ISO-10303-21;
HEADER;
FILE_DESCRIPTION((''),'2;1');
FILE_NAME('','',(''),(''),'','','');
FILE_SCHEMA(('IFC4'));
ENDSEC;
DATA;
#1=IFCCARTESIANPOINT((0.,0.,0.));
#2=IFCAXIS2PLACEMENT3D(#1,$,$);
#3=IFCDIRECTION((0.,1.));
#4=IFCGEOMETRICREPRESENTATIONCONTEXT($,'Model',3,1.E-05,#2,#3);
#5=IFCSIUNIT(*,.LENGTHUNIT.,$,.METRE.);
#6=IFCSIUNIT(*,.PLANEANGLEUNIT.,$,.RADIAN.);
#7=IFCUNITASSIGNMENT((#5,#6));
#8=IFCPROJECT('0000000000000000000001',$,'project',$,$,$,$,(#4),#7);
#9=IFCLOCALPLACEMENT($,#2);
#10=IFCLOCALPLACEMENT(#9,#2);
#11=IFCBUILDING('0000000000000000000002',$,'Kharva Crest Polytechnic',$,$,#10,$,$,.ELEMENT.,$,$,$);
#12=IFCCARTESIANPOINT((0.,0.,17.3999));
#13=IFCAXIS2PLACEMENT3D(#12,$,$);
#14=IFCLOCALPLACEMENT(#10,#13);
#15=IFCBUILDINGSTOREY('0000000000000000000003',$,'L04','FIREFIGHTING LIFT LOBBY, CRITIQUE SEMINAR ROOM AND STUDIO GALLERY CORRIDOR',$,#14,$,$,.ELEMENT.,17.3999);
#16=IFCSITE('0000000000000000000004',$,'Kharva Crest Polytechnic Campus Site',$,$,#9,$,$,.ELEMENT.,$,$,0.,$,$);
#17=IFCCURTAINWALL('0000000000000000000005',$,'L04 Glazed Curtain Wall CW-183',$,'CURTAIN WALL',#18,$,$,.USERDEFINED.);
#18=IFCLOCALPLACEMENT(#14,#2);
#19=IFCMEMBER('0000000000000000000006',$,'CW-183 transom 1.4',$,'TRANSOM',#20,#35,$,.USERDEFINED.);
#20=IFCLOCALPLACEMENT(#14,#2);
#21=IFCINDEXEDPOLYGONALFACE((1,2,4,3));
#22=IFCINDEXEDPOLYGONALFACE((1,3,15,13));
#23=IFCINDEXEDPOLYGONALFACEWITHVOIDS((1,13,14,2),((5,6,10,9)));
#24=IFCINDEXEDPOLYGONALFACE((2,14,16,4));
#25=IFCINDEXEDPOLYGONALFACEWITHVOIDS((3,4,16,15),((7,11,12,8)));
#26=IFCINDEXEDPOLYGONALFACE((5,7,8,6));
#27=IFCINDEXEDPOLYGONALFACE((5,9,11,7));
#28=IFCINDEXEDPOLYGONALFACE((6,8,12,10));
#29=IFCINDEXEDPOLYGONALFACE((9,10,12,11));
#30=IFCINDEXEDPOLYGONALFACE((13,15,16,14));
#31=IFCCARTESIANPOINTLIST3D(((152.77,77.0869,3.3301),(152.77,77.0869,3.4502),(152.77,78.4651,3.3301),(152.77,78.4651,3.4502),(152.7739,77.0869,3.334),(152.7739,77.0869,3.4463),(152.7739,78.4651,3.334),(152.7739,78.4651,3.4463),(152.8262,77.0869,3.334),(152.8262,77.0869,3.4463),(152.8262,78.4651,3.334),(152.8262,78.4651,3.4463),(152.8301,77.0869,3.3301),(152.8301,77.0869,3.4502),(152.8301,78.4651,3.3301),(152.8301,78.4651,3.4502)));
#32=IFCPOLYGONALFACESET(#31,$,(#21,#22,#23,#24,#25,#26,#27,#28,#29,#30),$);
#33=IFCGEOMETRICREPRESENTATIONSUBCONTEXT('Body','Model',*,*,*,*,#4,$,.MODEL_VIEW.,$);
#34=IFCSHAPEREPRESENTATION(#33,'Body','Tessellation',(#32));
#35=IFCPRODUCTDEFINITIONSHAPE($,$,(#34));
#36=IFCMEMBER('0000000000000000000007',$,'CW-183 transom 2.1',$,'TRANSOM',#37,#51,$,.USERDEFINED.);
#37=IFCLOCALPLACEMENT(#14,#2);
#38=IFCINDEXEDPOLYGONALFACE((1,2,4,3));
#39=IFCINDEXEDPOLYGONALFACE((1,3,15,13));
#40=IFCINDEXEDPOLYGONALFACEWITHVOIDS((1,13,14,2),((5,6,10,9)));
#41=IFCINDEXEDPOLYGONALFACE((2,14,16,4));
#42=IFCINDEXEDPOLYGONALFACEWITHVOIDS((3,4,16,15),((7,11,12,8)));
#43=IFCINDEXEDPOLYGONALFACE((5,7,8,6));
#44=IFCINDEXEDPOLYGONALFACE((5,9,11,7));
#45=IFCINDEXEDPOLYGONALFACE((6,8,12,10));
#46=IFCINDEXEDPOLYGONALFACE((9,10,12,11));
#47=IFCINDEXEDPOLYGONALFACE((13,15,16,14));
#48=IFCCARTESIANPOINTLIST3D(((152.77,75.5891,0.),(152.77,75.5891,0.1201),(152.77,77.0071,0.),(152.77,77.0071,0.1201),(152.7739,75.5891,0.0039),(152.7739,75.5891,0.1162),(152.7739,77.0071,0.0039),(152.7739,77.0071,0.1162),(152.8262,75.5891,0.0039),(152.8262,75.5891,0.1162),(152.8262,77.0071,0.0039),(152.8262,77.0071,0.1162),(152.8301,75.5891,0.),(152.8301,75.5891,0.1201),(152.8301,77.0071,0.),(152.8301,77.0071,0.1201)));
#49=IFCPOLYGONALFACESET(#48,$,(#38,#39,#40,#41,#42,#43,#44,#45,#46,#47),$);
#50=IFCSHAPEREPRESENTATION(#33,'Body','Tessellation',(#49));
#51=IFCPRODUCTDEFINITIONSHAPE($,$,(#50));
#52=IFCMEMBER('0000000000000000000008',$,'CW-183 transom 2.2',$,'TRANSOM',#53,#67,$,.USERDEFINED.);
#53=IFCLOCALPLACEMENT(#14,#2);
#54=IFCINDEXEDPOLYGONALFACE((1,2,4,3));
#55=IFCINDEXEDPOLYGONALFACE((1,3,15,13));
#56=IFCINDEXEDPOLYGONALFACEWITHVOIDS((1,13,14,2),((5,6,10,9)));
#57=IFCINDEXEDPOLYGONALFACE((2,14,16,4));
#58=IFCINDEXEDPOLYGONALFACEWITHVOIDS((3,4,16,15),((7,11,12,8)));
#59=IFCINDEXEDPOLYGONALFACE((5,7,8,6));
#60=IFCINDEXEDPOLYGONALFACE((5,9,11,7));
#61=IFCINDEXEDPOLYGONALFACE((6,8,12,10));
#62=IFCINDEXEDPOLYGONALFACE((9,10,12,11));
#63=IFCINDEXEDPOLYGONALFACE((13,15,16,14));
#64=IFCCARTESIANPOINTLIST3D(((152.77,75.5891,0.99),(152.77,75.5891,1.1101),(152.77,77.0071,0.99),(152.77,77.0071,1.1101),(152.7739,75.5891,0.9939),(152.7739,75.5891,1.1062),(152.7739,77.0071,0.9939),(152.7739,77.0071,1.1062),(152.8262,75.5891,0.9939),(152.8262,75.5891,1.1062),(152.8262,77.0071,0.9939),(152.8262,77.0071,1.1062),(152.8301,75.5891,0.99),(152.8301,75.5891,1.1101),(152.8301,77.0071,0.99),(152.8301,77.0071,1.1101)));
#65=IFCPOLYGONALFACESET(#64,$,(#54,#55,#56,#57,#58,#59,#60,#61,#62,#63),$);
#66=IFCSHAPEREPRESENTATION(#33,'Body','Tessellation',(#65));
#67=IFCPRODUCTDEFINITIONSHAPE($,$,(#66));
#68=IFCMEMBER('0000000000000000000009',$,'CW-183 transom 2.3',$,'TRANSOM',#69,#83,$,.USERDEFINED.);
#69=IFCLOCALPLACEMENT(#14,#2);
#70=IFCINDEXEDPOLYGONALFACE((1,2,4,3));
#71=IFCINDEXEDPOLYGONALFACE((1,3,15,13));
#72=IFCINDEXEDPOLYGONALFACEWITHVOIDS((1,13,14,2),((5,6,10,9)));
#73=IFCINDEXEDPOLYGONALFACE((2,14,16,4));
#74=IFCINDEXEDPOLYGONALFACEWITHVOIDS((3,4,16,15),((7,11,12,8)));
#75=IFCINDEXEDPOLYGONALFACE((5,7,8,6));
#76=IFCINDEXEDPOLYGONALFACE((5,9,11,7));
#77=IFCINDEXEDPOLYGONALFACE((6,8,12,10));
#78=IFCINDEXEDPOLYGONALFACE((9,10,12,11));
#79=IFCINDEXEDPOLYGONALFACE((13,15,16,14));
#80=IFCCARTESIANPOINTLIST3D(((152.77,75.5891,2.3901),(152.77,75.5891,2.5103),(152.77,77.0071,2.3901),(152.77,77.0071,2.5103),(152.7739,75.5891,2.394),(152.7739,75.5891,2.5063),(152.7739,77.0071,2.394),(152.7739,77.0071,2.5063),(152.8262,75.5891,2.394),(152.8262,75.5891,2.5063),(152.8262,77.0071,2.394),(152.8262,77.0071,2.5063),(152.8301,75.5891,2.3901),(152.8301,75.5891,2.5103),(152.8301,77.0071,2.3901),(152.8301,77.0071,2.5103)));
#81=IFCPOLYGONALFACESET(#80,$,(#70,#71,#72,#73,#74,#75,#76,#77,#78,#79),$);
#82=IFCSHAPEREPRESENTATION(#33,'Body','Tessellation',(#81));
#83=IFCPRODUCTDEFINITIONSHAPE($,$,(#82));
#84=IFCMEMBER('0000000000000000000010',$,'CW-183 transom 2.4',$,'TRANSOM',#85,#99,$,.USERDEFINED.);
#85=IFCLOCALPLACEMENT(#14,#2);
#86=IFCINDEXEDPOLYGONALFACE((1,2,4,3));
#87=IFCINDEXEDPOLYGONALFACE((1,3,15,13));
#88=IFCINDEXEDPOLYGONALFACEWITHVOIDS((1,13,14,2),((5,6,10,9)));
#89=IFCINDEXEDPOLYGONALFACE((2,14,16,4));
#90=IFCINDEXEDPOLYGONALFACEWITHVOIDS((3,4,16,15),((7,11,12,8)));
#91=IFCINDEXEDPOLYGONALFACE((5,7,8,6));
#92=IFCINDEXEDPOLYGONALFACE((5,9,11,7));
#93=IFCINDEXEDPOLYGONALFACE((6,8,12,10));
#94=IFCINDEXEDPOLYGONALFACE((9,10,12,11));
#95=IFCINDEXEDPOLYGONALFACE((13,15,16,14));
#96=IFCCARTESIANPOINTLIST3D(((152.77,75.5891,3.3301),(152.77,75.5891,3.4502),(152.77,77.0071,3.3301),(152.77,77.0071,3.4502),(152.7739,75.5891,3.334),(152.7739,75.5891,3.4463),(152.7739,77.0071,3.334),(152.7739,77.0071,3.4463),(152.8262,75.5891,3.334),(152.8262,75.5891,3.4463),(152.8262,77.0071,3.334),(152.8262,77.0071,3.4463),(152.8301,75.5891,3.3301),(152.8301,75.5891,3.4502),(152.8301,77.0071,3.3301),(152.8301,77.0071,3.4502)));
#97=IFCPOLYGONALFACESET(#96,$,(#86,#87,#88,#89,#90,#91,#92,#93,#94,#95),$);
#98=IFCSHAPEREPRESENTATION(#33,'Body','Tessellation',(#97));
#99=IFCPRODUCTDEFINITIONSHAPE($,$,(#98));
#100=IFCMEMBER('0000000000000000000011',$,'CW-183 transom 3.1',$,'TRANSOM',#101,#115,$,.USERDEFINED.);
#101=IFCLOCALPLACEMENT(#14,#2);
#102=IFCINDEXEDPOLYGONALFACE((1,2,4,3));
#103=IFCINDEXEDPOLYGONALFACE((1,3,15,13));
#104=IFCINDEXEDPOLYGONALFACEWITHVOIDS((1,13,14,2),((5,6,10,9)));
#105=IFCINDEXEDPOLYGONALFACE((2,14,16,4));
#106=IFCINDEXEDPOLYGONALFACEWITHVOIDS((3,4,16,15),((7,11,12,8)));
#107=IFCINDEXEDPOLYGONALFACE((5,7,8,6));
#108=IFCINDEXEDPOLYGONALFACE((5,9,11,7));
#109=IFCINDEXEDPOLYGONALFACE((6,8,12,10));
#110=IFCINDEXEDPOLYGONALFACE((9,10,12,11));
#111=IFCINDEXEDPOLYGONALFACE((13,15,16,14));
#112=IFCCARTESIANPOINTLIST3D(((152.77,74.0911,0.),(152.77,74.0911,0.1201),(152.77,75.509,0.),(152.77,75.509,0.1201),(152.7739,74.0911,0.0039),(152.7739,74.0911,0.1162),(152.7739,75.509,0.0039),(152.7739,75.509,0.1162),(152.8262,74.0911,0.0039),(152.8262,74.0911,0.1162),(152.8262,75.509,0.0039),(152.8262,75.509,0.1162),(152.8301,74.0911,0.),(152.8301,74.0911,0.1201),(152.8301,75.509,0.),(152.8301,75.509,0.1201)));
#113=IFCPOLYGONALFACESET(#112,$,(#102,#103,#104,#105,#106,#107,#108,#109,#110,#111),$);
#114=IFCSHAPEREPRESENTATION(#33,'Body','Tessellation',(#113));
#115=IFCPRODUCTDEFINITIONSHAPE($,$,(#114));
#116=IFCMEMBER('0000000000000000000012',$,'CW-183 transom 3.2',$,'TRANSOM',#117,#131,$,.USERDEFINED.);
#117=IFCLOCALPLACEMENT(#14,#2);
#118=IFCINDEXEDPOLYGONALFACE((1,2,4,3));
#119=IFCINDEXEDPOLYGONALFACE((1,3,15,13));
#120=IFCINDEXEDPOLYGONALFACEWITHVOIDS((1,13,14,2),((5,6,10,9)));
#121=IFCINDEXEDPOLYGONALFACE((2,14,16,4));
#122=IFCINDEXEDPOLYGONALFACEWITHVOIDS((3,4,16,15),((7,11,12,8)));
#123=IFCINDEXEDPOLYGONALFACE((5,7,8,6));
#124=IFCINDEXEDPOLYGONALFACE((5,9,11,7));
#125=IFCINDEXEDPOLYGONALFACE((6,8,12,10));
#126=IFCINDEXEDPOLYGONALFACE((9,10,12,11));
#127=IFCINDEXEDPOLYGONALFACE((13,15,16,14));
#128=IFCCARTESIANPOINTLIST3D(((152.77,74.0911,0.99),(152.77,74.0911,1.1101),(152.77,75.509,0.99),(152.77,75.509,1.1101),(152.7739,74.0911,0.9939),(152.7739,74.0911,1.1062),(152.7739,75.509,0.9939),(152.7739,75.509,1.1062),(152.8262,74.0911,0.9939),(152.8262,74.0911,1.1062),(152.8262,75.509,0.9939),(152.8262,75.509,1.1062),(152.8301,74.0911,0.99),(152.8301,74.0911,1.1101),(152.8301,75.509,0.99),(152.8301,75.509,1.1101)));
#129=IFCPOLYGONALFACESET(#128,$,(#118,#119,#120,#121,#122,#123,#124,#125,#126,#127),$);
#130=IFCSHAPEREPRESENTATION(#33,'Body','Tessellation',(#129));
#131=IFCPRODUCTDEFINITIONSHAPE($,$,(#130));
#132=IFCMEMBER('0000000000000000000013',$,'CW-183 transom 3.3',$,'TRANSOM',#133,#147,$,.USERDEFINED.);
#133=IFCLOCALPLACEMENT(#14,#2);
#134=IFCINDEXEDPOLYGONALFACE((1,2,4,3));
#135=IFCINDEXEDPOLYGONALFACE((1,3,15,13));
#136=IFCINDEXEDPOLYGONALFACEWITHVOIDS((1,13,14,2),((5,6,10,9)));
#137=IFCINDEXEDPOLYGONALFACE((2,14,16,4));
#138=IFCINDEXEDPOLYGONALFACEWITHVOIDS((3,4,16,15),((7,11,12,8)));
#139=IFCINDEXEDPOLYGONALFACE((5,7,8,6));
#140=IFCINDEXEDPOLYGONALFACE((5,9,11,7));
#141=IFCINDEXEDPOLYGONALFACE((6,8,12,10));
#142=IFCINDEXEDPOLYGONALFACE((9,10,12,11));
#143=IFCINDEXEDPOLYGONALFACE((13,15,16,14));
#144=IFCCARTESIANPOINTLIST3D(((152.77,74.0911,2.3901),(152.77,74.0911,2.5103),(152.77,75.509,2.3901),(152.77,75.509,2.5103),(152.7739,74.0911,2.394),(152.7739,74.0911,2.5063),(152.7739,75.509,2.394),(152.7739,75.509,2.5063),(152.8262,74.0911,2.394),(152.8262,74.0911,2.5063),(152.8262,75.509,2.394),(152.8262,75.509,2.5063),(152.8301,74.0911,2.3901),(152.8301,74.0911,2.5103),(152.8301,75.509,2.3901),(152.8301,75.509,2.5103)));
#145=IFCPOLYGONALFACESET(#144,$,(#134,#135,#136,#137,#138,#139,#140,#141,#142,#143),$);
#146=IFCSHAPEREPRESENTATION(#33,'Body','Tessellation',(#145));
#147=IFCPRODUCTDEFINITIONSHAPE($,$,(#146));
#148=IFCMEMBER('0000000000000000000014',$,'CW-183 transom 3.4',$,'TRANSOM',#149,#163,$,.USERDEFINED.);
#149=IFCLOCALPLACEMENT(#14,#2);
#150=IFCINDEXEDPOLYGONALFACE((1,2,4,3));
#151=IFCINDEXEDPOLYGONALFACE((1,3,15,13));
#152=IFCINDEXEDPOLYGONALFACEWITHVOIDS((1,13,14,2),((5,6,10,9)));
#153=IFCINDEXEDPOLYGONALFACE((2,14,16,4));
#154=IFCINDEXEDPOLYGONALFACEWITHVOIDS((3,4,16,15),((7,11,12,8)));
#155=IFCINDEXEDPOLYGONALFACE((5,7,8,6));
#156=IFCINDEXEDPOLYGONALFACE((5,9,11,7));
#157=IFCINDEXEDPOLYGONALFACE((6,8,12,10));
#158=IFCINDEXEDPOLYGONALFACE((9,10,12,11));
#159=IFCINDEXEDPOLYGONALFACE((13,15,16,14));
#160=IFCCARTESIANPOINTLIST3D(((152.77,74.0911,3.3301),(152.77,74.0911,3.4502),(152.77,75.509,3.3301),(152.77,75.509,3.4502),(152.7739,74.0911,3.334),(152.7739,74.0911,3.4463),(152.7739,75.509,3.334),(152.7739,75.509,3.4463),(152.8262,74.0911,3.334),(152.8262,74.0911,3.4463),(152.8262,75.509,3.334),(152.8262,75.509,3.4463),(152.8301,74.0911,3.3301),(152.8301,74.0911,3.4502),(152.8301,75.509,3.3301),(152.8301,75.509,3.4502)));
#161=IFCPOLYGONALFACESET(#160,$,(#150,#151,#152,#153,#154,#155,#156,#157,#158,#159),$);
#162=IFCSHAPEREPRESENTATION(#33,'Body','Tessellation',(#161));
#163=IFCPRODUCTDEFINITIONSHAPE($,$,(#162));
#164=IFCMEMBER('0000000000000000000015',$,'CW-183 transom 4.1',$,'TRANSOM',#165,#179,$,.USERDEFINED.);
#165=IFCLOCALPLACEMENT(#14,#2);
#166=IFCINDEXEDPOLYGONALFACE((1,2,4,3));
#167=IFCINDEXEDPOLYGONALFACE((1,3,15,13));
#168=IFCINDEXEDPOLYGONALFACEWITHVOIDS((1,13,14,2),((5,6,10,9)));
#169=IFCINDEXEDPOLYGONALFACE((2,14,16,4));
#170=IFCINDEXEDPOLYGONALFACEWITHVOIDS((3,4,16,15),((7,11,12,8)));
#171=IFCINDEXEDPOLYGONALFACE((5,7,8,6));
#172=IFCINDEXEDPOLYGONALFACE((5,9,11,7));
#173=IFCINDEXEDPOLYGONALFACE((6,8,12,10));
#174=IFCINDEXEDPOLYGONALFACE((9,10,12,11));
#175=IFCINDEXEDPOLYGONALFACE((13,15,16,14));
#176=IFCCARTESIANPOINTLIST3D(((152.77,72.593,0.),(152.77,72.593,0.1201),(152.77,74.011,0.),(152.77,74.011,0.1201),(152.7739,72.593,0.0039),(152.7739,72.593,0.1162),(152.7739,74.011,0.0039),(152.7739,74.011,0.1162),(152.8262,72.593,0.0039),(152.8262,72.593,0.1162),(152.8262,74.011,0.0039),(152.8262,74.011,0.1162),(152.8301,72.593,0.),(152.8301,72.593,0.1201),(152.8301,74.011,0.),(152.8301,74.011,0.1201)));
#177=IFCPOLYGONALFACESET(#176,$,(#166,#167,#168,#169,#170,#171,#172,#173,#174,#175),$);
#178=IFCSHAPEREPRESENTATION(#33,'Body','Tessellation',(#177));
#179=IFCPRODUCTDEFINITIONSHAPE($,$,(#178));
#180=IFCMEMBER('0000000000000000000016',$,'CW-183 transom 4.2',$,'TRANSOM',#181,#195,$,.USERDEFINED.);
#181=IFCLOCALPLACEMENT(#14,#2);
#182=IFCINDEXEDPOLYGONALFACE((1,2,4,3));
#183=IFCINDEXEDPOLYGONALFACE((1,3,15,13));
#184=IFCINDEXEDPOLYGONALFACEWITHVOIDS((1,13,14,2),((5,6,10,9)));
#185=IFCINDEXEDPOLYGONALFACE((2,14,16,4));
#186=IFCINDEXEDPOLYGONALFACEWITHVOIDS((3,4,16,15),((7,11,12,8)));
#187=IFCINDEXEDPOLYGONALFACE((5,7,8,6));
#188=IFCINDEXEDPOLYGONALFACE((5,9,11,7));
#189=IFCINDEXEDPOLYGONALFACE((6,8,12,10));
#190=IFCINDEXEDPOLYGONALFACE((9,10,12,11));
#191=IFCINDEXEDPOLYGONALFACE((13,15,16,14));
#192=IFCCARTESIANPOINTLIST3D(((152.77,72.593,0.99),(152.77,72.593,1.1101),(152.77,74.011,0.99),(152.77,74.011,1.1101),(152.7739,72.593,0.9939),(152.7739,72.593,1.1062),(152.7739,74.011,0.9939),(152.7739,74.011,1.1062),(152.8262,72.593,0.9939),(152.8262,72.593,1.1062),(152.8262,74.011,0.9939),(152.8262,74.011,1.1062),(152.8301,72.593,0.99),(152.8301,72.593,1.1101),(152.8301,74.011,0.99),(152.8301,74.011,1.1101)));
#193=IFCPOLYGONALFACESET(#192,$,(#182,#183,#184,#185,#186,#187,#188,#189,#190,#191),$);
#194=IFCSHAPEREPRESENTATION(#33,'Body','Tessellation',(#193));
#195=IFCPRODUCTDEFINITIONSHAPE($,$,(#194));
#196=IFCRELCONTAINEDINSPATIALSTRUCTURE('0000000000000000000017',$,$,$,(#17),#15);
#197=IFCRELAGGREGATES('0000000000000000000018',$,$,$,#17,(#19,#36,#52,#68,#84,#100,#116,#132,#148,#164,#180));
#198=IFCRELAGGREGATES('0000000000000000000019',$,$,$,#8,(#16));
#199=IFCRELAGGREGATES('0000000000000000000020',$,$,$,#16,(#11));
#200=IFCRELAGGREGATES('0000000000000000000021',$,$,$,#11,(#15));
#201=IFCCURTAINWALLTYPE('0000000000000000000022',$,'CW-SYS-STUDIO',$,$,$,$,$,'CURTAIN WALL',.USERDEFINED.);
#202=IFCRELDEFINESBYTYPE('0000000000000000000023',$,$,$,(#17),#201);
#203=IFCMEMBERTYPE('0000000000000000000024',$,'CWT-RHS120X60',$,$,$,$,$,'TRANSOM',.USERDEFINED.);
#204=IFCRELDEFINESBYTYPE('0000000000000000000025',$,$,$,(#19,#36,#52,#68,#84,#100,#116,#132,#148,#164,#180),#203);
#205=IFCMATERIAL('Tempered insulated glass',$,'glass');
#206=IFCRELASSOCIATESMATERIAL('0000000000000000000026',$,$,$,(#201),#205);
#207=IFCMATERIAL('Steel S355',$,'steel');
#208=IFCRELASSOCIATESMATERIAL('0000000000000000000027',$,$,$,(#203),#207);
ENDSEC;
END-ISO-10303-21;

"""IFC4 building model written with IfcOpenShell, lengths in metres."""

from ifc_helpers import new_model, si_unit, direction, frame, origin, origin_2d, place, context, subcontext, project, spatial, hollow_rectangle, extrude, material, material_profile, profile_set, type_object, element, aggregate, save


model = new_model("IFC4")

# Units and contexts
model_context = context("Model", 3, precision=1e-05, world=origin(), true_north=direction((0.0, 1.0)))
body_context = subcontext(model_context, "Body", "Model", "MODEL_VIEW")
ifc_project = project(units=[si_unit("LENGTHUNIT", "METRE"), si_unit("PLANEANGLEUNIT", "RADIAN")], contexts=[model_context])

# Site, building, storey
site_placement = place(None, origin())
site = spatial("IfcSite", under=ifc_project, at=site_placement, Name="Kharva Crest Polytechnic Campus Site", CompositionType="ELEMENT", RefElevation=0.0)
building_placement = place(site_placement, origin())
building = spatial("IfcBuilding", under=site, at=building_placement, Name="Kharva Crest Polytechnic", CompositionType="ELEMENT")
storey_placement = place(building_placement, frame((0.0, 0.0, 17.3999)))
storey = spatial("IfcBuildingStorey", under=building, at=storey_placement, Name="L04", Description="FIREFIGHTING LIFT LOBBY, CRITIQUE SEMINAR ROOM AND STUDIO GALLERY CORRIDOR", CompositionType="ELEMENT", Elevation=17.3999)

# Curtain wall, members
ifc_material_1 = material(Name="Tempered insulated glass", Category="glass")
curtain_wall_type = type_object("IfcCurtainWallType", Name="CW-SYS-STUDIO", ElementType="CURTAIN WALL", PredefinedType="USERDEFINED", material=ifc_material_1)
curtain_wall_placement = place(storey_placement, origin())
curtain_wall = element("IfcCurtainWall", 1, at=curtain_wall_placement, inside=storey, type_object=curtain_wall_type, Name="L04 Glazed Curtain Wall CW-183", ObjectType="CURTAIN WALL", PredefinedType="USERDEFINED")
ifc_material_2 = material(Name="Steel S355", Category="steel")
ifc_material_profile_1 = material_profile(ifc_material_2, hollow_rectangle(XDim=0.0601, YDim=0.1201, WallThickness=0.0039, at=origin_2d()), Name="RHS 120X60X4.0")
ifc_profile_set_1 = profile_set([ifc_material_profile_1], Name="Steel S355")
member_type_1 = type_object("IfcMemberType", Name="CWT-RHS120X60", ElementType="TRANSOM", PredefinedType="USERDEFINED", material=ifc_profile_set_1)
member_1_placement = place(storey_placement, frame((152.8, 78.4651, 3.3901), z_axis=(0.0, -1.0, 0.0), x_axis=(1.0, 0.0, 0.0)))
member_1 = element("IfcMember", 2, at=member_1_placement, type_object=member_type_1, Name="CW-183 transom 1.4", ObjectType="TRANSOM", PredefinedType="USERDEFINED", context=body_context, shape_type="SweptSolid", body=[
    extrude(hollow_rectangle(XDim=0.0601, YDim=0.1201, WallThickness=0.0039, at=origin_2d()), origin(), (0.0, 0.0, 1.0), 1.3782),
])
member_2_placement = place(storey_placement, frame((152.8, 77.0071, 0.0601), z_axis=(0.0, -1.0, 0.0), x_axis=(1.0, 0.0, 0.0)))
member_2 = element("IfcMember", 3, at=member_2_placement, type_object=member_type_1, Name="CW-183 transom 2.1", ObjectType="TRANSOM", PredefinedType="USERDEFINED", context=body_context, shape_type="SweptSolid", body=[
    extrude(hollow_rectangle(XDim=0.0601, YDim=0.1201, WallThickness=0.0039, at=origin_2d()), origin(), (0.0, 0.0, 1.0), 1.418),
])
member_3_placement = place(storey_placement, frame((152.8, 77.0071, 1.05), z_axis=(0.0, -1.0, 0.0), x_axis=(1.0, 0.0, 0.0)))
member_3 = element("IfcMember", 4, at=member_3_placement, type_object=member_type_1, Name="CW-183 transom 2.2", ObjectType="TRANSOM", PredefinedType="USERDEFINED", context=body_context, shape_type="SweptSolid", body=[
    extrude(hollow_rectangle(XDim=0.0601, YDim=0.1201, WallThickness=0.0039, at=origin_2d()), origin(), (0.0, 0.0, 1.0), 1.418),
])
member_4_placement = place(storey_placement, frame((152.8, 77.0071, 2.4502), z_axis=(0.0, -1.0, 0.0), x_axis=(1.0, 0.0, 0.0)))
member_4 = element("IfcMember", 5, at=member_4_placement, type_object=member_type_1, Name="CW-183 transom 2.3", ObjectType="TRANSOM", PredefinedType="USERDEFINED", context=body_context, shape_type="SweptSolid", body=[
    extrude(hollow_rectangle(XDim=0.0601, YDim=0.1201, WallThickness=0.0039, at=origin_2d()), origin(), (0.0, 0.0, 1.0), 1.418),
])
member_5_placement = place(storey_placement, frame((152.8, 77.0071, 3.3901), z_axis=(0.0, -1.0, 0.0), x_axis=(1.0, 0.0, 0.0)))
member_5 = element("IfcMember", 6, at=member_5_placement, type_object=member_type_1, Name="CW-183 transom 2.4", ObjectType="TRANSOM", PredefinedType="USERDEFINED", context=body_context, shape_type="SweptSolid", body=[
    extrude(hollow_rectangle(XDim=0.0601, YDim=0.1201, WallThickness=0.0039, at=origin_2d()), origin(), (0.0, 0.0, 1.0), 1.418),
])
member_6_placement = place(storey_placement, frame((152.8, 75.509, 0.0601), z_axis=(0.0, -1.0, 0.0), x_axis=(1.0, 0.0, 0.0)))
member_6 = element("IfcMember", 7, at=member_6_placement, type_object=member_type_1, Name="CW-183 transom 3.1", ObjectType="TRANSOM", PredefinedType="USERDEFINED", context=body_context, shape_type="SweptSolid", body=[
    extrude(hollow_rectangle(XDim=0.0601, YDim=0.1201, WallThickness=0.0039, at=origin_2d()), origin(), (0.0, 0.0, 1.0), 1.418),
])
member_7_placement = place(storey_placement, frame((152.8, 75.509, 1.05), z_axis=(0.0, -1.0, 0.0), x_axis=(1.0, 0.0, 0.0)))
member_7 = element("IfcMember", 8, at=member_7_placement, type_object=member_type_1, Name="CW-183 transom 3.2", ObjectType="TRANSOM", PredefinedType="USERDEFINED", context=body_context, shape_type="SweptSolid", body=[
    extrude(hollow_rectangle(XDim=0.0601, YDim=0.1201, WallThickness=0.0039, at=origin_2d()), origin(), (0.0, 0.0, 1.0), 1.418),
])
member_8_placement = place(storey_placement, frame((152.8, 75.509, 2.4502), z_axis=(0.0, -1.0, 0.0), x_axis=(1.0, 0.0, 0.0)))
member_8 = element("IfcMember", 9, at=member_8_placement, type_object=member_type_1, Name="CW-183 transom 3.3", ObjectType="TRANSOM", PredefinedType="USERDEFINED", context=body_context, shape_type="SweptSolid", body=[
    extrude(hollow_rectangle(XDim=0.0601, YDim=0.1201, WallThickness=0.0039, at=origin_2d()), origin(), (0.0, 0.0, 1.0), 1.418),
])
member_9_placement = place(storey_placement, frame((152.8, 75.509, 3.3901), z_axis=(0.0, -1.0, 0.0), x_axis=(1.0, 0.0, 0.0)))
member_9 = element("IfcMember", 10, at=member_9_placement, type_object=member_type_1, Name="CW-183 transom 3.4", ObjectType="TRANSOM", PredefinedType="USERDEFINED", context=body_context, shape_type="SweptSolid", body=[
    extrude(hollow_rectangle(XDim=0.0601, YDim=0.1201, WallThickness=0.0039, at=origin_2d()), origin(), (0.0, 0.0, 1.0), 1.418),
])
member_10_placement = place(storey_placement, frame((152.8, 74.011, 0.0601), z_axis=(0.0, -1.0, 0.0), x_axis=(1.0, 0.0, 0.0)))
member_10 = element("IfcMember", 11, at=member_10_placement, type_object=member_type_1, Name="CW-183 transom 4.1", ObjectType="TRANSOM", PredefinedType="USERDEFINED", context=body_context, shape_type="SweptSolid", body=[
    extrude(hollow_rectangle(XDim=0.0601, YDim=0.1201, WallThickness=0.0039, at=origin_2d()), origin(), (0.0, 0.0, 1.0), 1.418),
])
member_11_placement = place(storey_placement, frame((152.8, 74.011, 1.05), z_axis=(0.0, -1.0, 0.0), x_axis=(1.0, 0.0, 0.0)))
member_11 = element("IfcMember", 12, at=member_11_placement, type_object=member_type_1, Name="CW-183 transom 4.2", ObjectType="TRANSOM", PredefinedType="USERDEFINED", context=body_context, shape_type="SweptSolid", body=[
    extrude(hollow_rectangle(XDim=0.0601, YDim=0.1201, WallThickness=0.0039, at=origin_2d()), origin(), (0.0, 0.0, 1.0), 1.418),
])
aggregate(curtain_wall, [member_1, member_2, member_3, member_4, member_5, member_6, member_7, member_8, member_9, member_10, member_11])

save(model, "model.ifc")
